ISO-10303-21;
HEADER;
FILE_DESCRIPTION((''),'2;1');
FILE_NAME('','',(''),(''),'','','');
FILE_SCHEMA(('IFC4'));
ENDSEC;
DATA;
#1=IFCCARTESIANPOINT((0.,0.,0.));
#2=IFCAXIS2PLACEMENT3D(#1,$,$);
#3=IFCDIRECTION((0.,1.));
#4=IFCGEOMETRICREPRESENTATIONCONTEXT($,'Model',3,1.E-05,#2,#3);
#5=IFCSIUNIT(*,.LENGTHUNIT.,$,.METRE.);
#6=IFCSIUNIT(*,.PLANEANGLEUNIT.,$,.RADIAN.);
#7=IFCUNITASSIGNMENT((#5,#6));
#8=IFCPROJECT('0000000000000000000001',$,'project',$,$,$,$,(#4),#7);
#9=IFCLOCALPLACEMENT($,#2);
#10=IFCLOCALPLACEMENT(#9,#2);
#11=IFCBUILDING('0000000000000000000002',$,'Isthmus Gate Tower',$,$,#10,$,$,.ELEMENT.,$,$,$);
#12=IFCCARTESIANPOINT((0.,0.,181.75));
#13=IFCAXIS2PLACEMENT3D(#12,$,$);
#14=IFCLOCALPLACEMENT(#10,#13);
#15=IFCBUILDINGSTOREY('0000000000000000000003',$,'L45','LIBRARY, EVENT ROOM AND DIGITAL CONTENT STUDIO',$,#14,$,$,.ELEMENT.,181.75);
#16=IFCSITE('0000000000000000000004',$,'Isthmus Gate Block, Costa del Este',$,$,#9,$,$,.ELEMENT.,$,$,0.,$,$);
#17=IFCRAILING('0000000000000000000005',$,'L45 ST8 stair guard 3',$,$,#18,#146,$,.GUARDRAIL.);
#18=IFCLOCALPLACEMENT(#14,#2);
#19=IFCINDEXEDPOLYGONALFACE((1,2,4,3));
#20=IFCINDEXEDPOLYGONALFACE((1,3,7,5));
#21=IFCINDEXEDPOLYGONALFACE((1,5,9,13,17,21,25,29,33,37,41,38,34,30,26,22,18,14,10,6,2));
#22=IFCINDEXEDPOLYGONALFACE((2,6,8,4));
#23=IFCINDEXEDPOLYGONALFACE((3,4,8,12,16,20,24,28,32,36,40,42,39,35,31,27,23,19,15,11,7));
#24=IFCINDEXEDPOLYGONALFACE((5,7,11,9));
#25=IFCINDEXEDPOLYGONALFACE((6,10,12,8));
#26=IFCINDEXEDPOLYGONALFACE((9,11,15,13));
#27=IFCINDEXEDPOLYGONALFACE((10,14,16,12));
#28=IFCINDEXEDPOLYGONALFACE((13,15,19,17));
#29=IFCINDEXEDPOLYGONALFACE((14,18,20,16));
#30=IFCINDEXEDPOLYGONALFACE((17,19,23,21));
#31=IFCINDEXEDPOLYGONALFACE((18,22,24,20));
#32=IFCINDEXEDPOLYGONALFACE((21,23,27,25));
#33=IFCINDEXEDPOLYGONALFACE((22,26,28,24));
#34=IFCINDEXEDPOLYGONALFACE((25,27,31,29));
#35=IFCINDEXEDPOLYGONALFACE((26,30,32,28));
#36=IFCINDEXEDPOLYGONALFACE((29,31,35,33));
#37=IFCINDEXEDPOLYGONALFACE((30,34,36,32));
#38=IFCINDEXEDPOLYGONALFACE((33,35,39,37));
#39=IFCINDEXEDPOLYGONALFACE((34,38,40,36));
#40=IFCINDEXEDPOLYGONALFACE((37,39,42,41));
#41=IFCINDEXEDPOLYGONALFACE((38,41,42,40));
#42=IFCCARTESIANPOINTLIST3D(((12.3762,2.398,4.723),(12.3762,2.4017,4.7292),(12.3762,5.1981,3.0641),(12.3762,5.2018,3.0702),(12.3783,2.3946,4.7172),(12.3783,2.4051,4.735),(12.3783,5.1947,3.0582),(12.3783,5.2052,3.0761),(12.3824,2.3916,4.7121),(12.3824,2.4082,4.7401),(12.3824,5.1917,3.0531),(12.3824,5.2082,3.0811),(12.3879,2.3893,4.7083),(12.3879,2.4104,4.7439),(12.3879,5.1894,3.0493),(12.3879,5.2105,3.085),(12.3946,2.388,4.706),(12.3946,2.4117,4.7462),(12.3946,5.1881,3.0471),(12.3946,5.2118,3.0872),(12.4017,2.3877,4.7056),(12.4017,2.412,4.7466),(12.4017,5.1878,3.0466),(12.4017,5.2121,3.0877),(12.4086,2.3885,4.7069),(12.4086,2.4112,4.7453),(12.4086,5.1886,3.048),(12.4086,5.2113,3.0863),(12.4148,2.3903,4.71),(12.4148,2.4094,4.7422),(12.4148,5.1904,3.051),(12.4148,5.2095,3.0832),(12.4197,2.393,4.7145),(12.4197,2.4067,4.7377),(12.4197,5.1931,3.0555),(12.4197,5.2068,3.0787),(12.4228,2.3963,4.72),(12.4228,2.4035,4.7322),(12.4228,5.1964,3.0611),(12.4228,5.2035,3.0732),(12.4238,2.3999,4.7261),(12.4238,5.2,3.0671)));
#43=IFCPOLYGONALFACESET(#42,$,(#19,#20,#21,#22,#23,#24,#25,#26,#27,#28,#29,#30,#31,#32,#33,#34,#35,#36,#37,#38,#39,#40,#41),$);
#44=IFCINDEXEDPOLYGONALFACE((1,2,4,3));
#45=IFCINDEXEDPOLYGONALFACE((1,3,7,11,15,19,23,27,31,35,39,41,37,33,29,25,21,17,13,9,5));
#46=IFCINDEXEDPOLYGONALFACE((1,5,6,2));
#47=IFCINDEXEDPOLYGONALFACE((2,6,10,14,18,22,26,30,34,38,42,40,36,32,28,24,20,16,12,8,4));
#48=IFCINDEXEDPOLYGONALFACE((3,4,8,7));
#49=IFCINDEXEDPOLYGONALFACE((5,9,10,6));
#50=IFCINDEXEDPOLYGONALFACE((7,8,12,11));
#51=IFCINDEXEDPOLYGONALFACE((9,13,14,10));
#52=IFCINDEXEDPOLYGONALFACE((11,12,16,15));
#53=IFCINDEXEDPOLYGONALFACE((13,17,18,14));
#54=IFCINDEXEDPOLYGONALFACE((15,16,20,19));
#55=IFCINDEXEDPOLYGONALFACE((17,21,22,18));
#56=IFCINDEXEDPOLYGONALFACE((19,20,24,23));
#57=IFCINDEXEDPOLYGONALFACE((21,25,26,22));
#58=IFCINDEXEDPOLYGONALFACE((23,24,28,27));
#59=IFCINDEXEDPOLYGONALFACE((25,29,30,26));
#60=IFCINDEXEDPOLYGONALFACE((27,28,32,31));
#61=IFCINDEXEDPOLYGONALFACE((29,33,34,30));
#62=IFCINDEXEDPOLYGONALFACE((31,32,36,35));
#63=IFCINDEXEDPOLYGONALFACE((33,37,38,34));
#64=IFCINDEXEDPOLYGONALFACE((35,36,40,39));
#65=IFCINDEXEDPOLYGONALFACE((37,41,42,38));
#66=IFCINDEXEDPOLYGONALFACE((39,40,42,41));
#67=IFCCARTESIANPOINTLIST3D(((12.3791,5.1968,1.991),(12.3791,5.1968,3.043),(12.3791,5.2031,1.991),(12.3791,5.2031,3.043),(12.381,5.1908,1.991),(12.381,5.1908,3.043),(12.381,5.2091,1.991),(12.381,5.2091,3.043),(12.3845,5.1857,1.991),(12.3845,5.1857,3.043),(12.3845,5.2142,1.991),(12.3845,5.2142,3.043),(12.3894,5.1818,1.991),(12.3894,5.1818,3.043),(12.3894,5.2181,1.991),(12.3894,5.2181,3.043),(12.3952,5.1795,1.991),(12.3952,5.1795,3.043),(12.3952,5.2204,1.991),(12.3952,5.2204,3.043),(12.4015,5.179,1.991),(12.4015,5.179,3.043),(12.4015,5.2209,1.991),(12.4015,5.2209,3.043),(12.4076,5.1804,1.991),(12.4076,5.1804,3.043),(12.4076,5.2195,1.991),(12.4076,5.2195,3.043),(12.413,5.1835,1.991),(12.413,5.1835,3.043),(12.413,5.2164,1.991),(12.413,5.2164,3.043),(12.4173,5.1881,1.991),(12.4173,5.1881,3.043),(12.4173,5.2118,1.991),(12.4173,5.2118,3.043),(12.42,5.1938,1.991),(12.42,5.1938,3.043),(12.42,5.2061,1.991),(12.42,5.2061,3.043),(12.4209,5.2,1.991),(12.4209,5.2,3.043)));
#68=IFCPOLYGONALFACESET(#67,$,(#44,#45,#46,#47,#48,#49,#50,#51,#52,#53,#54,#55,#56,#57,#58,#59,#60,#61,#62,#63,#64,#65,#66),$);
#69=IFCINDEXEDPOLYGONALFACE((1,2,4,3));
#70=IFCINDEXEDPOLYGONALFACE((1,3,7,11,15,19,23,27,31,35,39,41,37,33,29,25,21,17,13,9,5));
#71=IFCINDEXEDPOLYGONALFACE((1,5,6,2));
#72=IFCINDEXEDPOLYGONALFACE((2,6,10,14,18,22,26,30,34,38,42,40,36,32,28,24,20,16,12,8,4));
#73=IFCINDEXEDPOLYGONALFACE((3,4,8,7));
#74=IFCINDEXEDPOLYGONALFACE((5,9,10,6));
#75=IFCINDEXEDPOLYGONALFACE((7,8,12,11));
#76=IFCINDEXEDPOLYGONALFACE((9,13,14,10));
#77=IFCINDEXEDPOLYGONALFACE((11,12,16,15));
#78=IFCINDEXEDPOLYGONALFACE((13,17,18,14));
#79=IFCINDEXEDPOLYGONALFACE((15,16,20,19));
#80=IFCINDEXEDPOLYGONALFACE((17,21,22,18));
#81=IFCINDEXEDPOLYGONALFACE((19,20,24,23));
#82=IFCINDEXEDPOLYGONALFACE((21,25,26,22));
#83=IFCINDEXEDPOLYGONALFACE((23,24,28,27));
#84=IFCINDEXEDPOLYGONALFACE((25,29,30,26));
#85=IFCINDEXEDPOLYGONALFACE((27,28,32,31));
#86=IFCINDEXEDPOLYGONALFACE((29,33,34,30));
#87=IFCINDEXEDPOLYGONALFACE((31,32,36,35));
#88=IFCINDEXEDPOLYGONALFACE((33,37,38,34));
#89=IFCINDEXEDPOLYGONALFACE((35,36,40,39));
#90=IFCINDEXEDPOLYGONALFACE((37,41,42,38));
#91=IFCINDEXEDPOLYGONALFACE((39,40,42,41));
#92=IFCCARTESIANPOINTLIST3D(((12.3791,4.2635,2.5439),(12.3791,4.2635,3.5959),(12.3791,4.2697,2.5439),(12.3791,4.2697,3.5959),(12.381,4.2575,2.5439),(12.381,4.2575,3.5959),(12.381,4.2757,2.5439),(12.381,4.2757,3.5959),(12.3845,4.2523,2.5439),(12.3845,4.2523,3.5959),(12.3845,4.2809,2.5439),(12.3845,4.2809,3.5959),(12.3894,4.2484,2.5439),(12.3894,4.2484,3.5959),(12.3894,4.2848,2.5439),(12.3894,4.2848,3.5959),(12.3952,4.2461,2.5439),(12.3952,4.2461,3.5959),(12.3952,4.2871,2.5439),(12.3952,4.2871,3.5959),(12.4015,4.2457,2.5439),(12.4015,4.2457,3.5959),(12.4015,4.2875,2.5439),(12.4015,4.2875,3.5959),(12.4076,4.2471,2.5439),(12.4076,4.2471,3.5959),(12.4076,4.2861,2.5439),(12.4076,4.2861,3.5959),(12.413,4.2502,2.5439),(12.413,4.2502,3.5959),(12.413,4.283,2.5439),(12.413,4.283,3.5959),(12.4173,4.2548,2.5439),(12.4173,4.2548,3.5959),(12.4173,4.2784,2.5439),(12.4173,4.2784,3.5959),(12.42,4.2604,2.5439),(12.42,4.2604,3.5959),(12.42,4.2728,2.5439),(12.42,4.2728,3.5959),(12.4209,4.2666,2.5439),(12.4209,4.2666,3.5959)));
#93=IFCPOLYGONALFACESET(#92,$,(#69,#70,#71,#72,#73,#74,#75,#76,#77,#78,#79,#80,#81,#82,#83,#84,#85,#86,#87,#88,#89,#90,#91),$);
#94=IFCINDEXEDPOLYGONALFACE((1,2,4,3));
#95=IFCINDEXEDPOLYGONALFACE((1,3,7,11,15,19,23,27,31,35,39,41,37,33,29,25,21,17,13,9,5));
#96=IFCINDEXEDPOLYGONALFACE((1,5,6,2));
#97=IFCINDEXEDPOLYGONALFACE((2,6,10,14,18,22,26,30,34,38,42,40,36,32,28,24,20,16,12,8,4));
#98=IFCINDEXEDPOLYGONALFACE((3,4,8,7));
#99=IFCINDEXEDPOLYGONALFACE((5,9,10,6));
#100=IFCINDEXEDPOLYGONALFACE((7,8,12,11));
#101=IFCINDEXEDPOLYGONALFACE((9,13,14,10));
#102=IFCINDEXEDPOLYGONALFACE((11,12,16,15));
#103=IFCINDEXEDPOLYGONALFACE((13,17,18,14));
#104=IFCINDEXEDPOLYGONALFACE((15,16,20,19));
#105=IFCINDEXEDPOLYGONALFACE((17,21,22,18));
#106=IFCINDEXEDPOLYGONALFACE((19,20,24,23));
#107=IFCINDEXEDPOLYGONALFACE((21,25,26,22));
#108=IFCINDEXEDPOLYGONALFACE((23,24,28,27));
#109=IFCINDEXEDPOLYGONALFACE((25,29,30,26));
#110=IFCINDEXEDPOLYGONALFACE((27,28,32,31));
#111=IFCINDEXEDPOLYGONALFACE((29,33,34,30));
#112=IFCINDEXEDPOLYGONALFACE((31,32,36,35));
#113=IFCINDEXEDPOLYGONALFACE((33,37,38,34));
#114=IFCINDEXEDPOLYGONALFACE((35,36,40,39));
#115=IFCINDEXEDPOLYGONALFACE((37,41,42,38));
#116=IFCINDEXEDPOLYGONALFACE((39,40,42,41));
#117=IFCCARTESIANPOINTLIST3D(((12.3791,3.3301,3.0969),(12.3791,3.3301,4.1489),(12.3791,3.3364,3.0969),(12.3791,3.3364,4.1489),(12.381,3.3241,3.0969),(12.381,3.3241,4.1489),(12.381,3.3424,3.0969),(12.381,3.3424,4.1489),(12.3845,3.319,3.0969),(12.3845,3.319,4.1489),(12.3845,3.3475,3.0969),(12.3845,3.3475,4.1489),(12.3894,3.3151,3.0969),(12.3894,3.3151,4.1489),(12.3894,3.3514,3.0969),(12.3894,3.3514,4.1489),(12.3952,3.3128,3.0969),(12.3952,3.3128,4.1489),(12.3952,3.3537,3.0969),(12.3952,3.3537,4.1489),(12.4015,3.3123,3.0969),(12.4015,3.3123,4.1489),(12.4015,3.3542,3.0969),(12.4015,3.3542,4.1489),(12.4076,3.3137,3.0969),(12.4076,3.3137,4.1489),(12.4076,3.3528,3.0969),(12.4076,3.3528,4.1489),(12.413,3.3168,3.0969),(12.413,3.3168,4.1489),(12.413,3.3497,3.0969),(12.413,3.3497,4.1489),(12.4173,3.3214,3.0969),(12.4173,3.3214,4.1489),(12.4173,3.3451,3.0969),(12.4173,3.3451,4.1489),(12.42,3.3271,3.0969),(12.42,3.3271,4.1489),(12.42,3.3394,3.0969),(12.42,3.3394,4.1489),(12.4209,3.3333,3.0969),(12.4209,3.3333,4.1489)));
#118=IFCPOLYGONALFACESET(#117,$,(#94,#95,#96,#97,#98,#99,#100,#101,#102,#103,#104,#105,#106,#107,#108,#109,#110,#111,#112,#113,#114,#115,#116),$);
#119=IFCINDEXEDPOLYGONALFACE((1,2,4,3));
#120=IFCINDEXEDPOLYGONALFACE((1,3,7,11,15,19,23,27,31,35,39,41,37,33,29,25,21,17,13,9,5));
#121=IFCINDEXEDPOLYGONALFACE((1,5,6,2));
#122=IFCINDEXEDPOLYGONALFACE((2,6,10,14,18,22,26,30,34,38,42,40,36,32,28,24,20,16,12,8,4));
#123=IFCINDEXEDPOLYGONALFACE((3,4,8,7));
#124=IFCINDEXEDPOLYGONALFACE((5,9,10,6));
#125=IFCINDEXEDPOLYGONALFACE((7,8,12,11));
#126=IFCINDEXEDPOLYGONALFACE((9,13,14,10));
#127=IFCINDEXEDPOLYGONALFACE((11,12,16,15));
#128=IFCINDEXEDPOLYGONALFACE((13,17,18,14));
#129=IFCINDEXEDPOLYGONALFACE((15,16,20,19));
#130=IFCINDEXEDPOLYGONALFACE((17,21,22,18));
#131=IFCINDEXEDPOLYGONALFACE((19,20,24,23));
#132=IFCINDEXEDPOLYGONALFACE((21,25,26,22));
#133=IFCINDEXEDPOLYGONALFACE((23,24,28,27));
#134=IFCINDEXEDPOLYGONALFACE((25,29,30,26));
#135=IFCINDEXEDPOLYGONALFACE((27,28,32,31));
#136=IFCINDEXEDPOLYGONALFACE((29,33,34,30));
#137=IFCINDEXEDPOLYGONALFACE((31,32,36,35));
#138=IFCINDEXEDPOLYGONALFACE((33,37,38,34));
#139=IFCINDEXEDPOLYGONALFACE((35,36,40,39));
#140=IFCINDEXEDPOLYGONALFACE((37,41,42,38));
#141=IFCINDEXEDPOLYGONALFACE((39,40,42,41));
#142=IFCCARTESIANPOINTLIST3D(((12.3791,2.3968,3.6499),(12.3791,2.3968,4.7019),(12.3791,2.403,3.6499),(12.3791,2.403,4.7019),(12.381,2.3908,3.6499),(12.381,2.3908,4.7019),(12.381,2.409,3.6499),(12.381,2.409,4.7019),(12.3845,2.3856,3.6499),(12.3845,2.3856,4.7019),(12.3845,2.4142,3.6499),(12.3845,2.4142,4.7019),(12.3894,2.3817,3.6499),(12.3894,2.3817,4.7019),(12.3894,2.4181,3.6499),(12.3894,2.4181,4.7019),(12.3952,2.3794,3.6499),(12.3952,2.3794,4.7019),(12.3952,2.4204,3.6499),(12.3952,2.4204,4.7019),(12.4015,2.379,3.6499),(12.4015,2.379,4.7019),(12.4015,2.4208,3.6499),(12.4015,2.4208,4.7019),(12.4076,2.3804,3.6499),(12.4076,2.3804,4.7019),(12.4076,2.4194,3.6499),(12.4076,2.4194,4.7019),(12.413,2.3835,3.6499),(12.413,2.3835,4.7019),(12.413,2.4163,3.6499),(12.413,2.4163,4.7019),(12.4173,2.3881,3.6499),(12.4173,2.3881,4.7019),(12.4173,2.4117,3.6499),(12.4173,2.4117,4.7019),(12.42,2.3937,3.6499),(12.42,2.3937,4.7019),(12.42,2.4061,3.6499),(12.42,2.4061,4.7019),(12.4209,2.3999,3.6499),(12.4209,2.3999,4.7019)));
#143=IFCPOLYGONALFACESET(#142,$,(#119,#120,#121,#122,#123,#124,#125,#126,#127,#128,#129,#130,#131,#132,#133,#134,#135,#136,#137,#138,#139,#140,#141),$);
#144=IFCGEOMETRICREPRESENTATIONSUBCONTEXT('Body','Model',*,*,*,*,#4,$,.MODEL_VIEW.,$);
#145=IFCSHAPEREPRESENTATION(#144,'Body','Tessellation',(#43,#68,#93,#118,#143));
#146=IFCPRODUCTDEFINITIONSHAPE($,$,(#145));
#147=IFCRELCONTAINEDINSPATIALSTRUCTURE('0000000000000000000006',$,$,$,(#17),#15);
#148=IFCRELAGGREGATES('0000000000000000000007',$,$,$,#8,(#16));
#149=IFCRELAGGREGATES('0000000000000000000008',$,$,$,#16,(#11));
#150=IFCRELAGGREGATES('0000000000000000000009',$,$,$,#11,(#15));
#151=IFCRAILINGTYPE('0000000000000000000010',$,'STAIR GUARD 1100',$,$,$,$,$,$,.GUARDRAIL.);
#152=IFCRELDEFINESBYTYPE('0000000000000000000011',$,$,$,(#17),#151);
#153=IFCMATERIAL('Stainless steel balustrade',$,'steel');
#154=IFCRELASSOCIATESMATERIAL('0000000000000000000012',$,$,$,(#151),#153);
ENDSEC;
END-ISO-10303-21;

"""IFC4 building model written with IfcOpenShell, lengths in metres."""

from ifc_helpers import new_model, si_unit, direction, frame, origin, origin_2d, place, context, subcontext, project, spatial, circle, extrude, material, type_object, element, save


model = new_model("IFC4")

# Units and contexts
model_context = context("Model", 3, precision=1e-05, world=origin(), true_north=direction((0.0, 1.0)))
body_context = subcontext(model_context, "Body", "Model", "MODEL_VIEW")
ifc_project = project(units=[si_unit("LENGTHUNIT", "METRE"), si_unit("PLANEANGLEUNIT", "RADIAN")], contexts=[model_context])

# Site, building, storey
site_placement = place(None, origin())
site = spatial("IfcSite", under=ifc_project, at=site_placement, Name="Isthmus Gate Block, Costa del Este", CompositionType="ELEMENT", RefElevation=0.0)
building_placement = place(site_placement, origin())
building = spatial("IfcBuilding", under=site, at=building_placement, Name="Isthmus Gate Tower", CompositionType="ELEMENT")
storey_placement = place(building_placement, frame((0.0, 0.0, 181.75)))
storey = spatial("IfcBuildingStorey", under=building, at=storey_placement, Name="L45", Description="LIBRARY, EVENT ROOM AND DIGITAL CONTENT STUDIO", CompositionType="ELEMENT", Elevation=181.75)

# Railing
ifc_material_1 = material(Name="Stainless steel balustrade", Category="steel")
railing_type_1 = type_object("IfcRailingType", Name="STAIR GUARD 1100", PredefinedType="GUARDRAIL", material=ifc_material_1)
railing_1_placement = place(storey_placement, frame((12.3999, 5.2, 1.991)))
element("IfcRailing", 1, at=railing_1_placement, inside=storey, type_object=railing_type_1, Name="L45 ST8 stair guard 3", PredefinedType="GUARDRAIL", context=body_context, shape_type="SweptSolid", body=[
    extrude(circle(Radius=0.0239, at=origin_2d()), frame((0.0, 0.0, 1.0762), z_axis=(0.0, -0.860339, 0.509722), x_axis=(1.0, 0.0, 0.0)), (0.0, 0.0, 1.0), 3.2546),
    extrude(circle(Radius=0.021, at=origin_2d()), origin(), (0.0, 0.0, 1.0), 1.052),
    extrude(circle(Radius=0.021, at=origin_2d()), frame((0.0, -0.9333, 0.553)), (0.0, 0.0, 1.0), 1.052),
    extrude(circle(Radius=0.021, at=origin_2d()), frame((0.0, -1.8667, 1.106)), (0.0, 0.0, 1.0), 1.052),
    extrude(circle(Radius=0.021, at=origin_2d()), frame((0.0, -2.8, 1.6589)), (0.0, 0.0, 1.0), 1.052),
])

save(model, "model.ifc")
